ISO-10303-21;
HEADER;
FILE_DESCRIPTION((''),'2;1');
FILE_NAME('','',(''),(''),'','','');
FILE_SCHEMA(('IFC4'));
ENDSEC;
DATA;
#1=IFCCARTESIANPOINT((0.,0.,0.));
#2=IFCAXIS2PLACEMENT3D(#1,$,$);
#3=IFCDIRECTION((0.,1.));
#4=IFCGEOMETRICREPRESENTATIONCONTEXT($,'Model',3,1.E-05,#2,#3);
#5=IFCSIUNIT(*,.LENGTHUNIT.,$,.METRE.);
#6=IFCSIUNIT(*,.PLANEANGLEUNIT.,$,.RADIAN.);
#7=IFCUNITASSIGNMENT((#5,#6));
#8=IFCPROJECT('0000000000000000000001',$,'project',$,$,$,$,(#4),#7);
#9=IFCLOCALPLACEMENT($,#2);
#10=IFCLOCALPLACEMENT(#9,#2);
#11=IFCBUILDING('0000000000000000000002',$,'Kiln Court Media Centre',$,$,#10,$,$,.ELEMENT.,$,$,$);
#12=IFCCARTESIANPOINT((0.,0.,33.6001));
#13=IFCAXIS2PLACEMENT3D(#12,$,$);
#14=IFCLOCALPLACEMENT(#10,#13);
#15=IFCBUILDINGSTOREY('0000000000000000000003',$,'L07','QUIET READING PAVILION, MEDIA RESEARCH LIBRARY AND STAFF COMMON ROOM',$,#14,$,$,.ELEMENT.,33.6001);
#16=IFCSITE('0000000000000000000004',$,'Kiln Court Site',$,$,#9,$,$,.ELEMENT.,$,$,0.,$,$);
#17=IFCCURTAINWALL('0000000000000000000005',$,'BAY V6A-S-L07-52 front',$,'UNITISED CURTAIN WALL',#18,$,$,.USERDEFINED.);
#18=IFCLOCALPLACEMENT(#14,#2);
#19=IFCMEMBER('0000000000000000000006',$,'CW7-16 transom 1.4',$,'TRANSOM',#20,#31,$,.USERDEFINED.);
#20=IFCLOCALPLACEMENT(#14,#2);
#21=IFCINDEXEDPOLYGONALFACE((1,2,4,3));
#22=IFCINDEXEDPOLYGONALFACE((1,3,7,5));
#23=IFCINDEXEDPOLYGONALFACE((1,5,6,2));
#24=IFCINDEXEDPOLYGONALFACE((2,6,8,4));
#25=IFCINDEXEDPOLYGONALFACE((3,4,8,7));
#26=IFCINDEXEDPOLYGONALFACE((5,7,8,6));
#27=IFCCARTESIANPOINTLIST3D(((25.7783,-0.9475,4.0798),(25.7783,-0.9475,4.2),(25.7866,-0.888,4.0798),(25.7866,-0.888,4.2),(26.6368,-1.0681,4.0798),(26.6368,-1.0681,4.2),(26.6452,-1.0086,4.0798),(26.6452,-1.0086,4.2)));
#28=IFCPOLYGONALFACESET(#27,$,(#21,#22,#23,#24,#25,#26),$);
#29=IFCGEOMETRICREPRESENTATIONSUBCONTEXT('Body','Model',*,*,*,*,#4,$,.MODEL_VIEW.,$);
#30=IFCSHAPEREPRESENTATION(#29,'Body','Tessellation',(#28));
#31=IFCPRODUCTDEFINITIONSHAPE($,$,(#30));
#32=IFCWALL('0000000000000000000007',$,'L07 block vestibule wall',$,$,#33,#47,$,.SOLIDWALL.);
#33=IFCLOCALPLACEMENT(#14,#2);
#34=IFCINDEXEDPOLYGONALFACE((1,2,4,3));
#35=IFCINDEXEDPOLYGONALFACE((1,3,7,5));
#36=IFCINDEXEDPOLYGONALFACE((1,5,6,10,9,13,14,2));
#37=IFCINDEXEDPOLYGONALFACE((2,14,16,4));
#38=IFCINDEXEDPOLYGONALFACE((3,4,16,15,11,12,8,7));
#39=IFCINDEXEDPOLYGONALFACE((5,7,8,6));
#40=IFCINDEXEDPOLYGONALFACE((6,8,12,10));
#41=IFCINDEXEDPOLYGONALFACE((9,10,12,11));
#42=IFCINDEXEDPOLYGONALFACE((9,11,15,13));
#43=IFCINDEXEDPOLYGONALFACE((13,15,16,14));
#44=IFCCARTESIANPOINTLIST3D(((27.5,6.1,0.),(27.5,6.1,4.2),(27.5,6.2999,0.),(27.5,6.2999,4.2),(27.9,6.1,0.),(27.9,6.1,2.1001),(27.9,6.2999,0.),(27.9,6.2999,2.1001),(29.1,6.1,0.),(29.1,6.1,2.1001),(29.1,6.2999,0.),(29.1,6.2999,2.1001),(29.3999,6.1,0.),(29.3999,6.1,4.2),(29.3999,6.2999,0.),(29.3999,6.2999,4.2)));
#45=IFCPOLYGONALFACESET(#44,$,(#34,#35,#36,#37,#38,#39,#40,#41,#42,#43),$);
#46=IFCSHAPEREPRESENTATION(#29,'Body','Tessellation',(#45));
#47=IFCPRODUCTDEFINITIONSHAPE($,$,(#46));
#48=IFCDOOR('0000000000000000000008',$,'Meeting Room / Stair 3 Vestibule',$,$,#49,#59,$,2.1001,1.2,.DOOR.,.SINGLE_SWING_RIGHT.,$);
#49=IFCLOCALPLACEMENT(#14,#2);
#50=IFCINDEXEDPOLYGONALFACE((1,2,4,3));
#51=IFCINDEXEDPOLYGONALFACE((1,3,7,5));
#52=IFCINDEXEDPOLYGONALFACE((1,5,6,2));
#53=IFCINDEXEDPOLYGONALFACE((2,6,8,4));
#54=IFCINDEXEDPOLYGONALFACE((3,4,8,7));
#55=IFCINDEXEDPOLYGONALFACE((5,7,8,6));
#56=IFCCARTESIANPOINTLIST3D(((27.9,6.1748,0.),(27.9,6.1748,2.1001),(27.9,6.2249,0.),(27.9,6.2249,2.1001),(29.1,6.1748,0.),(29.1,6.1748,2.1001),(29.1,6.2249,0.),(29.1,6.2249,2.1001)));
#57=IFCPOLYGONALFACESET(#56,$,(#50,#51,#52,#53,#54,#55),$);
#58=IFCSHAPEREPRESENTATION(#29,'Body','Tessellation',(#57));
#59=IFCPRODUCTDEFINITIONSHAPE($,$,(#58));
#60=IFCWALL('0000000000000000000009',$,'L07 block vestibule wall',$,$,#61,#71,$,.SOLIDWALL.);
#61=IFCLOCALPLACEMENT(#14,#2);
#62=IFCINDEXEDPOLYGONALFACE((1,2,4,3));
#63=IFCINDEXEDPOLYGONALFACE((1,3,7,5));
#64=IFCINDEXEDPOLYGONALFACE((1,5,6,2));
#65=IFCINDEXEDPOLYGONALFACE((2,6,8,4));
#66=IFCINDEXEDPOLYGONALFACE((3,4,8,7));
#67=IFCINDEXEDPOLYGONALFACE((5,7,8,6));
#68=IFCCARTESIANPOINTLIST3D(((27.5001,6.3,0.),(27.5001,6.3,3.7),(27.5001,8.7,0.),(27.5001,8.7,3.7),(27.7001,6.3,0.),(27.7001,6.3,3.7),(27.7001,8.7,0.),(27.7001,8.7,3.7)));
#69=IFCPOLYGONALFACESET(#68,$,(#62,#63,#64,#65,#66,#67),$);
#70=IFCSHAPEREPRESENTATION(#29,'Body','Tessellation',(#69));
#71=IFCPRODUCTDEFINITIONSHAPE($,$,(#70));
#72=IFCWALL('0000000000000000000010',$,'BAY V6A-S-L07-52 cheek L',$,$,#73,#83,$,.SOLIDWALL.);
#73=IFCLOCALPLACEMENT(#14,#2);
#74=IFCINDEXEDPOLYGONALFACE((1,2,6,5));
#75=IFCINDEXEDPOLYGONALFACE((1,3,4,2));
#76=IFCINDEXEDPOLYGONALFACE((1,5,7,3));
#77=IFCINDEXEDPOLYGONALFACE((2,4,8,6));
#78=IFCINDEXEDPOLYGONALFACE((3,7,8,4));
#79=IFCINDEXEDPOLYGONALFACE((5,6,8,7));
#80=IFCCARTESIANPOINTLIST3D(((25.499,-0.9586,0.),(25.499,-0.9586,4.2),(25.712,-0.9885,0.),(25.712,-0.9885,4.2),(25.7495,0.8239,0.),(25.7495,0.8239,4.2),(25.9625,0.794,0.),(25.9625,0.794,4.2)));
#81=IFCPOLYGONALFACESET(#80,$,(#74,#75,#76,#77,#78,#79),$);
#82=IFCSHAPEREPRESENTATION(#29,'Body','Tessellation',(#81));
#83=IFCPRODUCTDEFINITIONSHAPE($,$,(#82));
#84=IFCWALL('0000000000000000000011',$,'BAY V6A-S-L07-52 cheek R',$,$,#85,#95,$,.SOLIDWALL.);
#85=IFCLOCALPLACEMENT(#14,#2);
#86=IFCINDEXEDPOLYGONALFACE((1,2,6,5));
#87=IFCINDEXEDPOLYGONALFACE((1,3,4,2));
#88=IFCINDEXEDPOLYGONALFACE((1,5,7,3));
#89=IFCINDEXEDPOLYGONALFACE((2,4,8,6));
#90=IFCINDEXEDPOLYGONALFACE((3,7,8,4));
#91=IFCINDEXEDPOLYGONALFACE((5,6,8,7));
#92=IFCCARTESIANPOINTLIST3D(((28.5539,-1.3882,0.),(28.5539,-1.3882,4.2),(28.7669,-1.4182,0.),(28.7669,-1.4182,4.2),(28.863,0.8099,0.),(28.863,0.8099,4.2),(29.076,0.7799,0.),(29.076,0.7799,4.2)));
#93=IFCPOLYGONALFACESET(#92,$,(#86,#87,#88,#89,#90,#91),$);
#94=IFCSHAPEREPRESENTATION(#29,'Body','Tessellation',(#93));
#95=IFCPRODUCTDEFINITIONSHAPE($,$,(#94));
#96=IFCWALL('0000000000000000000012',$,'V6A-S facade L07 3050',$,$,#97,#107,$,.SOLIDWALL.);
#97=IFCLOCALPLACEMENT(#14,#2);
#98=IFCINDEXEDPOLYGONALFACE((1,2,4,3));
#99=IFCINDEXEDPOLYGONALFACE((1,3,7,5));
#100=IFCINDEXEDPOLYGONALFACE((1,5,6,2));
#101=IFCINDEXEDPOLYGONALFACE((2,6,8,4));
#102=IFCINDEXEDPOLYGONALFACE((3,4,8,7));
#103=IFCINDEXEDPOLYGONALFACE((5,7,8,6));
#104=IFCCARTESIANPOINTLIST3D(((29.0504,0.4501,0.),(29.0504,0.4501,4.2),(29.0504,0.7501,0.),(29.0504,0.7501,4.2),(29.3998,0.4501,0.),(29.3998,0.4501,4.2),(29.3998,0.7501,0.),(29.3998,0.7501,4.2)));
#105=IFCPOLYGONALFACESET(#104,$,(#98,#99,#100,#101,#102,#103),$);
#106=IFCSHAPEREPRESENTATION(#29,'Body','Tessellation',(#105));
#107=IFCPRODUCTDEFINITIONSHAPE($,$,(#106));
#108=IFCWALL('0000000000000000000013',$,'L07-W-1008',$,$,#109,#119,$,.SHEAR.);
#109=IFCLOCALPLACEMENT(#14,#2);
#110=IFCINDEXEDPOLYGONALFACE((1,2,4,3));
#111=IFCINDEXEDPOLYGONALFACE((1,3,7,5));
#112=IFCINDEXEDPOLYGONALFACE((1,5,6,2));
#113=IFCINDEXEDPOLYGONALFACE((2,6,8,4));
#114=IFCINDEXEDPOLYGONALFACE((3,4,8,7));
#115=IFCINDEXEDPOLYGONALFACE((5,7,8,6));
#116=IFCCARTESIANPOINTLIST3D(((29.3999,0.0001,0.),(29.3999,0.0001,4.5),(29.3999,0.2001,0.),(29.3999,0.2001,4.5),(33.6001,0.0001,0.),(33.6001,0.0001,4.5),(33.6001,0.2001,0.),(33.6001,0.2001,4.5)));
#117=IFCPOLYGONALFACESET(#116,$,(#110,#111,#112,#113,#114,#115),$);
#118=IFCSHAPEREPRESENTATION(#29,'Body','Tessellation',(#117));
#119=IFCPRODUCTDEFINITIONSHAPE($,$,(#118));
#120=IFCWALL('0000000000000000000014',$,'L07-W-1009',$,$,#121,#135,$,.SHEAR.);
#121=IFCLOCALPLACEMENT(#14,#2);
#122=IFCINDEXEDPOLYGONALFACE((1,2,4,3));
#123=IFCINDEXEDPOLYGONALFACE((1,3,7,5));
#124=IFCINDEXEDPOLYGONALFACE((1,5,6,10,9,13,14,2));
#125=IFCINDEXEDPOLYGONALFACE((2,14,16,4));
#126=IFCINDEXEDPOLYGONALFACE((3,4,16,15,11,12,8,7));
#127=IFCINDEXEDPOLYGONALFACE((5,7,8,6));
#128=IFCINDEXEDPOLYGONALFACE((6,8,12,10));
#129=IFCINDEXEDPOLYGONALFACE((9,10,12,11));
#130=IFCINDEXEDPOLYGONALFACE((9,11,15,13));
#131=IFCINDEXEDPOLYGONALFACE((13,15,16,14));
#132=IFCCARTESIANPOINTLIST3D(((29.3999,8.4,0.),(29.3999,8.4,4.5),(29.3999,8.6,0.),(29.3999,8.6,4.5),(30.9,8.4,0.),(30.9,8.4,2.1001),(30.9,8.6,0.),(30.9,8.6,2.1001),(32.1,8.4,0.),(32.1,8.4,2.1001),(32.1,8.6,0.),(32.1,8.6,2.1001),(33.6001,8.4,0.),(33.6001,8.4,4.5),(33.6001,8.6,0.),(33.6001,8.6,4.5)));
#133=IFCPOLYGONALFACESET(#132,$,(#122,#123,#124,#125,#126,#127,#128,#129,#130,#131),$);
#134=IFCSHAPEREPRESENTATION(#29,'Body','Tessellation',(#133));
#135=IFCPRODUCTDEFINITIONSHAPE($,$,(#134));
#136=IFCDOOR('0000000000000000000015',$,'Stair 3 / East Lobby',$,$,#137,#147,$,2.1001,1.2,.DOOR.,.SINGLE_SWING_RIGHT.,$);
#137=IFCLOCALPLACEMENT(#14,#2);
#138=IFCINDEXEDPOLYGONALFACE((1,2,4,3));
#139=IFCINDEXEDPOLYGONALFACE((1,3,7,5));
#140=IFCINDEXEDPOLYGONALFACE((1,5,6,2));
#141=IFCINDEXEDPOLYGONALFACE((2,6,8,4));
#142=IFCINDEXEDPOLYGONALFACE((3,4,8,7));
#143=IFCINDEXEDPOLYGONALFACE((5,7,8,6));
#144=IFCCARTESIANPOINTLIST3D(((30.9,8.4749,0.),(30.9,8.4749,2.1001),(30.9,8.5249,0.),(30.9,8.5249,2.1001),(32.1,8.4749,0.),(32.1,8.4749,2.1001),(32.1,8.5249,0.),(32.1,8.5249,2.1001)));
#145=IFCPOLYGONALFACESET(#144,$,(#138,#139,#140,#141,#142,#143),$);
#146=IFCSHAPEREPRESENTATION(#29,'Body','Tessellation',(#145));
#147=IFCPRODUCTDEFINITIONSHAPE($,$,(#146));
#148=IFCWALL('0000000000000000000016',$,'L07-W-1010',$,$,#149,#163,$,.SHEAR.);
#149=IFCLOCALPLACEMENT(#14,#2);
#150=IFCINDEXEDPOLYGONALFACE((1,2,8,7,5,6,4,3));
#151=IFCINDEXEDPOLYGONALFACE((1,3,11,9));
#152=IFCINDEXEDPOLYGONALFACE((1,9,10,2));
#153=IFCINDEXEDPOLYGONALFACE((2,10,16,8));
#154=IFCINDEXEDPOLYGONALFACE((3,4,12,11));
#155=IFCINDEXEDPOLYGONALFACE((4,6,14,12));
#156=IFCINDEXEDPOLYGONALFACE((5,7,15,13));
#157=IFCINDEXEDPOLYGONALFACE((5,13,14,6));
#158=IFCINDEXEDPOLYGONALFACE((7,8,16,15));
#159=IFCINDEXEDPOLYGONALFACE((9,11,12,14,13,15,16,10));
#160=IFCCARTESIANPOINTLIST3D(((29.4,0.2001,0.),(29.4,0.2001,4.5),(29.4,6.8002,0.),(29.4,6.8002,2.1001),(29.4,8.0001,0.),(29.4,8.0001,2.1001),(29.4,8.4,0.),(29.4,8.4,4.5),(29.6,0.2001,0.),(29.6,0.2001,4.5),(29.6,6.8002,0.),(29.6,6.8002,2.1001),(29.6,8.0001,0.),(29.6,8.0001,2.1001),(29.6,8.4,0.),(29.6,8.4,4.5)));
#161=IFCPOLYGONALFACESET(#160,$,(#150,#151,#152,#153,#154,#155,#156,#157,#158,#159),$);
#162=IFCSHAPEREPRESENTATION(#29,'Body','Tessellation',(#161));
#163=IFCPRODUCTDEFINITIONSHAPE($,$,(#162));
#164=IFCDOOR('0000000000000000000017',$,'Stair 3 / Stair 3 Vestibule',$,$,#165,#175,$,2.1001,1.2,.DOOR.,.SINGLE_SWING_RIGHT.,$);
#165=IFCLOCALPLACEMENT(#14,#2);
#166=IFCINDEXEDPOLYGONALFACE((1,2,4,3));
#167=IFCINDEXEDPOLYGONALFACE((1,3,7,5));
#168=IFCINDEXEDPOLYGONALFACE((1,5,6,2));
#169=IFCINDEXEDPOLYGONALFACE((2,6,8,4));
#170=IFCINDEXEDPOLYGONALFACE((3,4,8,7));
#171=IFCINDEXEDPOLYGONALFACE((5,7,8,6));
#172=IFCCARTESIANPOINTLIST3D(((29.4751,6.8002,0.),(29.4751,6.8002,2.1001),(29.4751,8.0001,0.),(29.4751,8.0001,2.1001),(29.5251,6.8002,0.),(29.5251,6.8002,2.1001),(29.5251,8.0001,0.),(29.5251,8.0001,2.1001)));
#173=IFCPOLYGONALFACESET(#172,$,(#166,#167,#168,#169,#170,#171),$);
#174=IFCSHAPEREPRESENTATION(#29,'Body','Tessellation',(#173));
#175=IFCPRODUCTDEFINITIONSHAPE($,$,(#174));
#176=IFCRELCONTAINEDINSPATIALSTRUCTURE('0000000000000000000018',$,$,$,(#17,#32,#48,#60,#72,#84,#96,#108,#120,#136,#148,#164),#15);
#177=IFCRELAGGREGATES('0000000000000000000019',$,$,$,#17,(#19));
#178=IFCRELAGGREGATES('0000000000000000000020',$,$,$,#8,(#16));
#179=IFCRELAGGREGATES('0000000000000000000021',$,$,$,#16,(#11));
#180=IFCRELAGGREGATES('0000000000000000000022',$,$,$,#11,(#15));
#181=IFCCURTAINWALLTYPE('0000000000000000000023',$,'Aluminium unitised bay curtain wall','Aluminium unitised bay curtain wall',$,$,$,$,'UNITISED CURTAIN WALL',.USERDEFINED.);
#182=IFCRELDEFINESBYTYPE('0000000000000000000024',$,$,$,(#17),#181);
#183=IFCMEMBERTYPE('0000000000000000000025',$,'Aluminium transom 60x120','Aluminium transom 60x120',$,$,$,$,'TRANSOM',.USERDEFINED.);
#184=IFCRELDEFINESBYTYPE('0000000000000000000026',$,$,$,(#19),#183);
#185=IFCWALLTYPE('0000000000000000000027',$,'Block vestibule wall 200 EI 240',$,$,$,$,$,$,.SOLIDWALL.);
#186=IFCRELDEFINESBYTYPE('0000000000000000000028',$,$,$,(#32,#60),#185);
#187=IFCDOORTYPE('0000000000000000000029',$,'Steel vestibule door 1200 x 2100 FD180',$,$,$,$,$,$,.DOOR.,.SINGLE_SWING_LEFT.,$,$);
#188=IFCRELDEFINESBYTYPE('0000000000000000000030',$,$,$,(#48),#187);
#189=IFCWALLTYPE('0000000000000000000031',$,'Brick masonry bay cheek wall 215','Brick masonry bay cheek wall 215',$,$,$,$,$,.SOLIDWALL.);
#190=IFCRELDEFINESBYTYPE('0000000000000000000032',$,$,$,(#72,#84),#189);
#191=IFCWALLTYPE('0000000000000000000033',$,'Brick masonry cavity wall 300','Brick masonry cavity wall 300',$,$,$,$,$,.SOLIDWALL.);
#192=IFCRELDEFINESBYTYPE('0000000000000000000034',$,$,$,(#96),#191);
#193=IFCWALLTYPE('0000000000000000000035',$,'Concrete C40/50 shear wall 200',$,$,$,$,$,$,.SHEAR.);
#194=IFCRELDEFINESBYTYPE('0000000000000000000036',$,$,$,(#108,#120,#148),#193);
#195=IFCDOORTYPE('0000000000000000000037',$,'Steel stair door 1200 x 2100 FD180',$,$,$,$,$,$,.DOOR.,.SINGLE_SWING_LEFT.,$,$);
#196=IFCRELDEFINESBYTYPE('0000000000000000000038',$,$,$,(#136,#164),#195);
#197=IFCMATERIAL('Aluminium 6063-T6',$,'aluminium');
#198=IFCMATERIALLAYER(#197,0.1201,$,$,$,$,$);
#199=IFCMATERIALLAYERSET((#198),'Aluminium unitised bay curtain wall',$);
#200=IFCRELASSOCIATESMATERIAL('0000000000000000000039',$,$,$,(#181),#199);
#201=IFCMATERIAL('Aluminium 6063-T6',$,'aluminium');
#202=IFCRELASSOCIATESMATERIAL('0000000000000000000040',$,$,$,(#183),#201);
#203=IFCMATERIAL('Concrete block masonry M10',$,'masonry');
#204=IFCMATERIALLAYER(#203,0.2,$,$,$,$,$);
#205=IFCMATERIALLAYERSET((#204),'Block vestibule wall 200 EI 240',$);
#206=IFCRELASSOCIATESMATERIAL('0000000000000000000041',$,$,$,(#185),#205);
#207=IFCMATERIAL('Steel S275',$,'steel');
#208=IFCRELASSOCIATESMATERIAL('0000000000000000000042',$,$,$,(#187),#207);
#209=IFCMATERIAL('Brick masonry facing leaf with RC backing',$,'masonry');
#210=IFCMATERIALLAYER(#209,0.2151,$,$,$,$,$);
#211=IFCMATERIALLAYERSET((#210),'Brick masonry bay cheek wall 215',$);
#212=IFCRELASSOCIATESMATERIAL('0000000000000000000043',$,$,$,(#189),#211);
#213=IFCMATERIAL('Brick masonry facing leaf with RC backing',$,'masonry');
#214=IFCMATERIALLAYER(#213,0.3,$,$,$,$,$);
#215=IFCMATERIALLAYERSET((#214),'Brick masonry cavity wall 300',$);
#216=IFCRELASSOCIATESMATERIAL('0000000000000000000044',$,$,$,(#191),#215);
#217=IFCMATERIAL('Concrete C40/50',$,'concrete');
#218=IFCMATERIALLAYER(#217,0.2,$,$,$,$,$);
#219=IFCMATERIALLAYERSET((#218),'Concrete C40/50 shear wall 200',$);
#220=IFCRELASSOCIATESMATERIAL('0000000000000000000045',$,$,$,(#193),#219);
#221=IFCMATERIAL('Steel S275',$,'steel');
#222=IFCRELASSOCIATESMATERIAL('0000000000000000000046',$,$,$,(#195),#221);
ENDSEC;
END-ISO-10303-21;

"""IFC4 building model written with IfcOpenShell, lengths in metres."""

from ifc_helpers import new_model, si_unit, direction, frame, frame_2d, origin, origin_2d, place, context, subcontext, project, spatial, rectangle, extrude, material, layer, layer_set, material_profile, profile_set, type_object, element, fill, aggregate, save


model = new_model("IFC4")

# Units and contexts
model_context = context("Model", 3, precision=1e-05, world=origin(), true_north=direction((0.0, 1.0)))
body_context = subcontext(model_context, "Body", "Model", "MODEL_VIEW")
ifc_project = project(units=[si_unit("LENGTHUNIT", "METRE"), si_unit("PLANEANGLEUNIT", "RADIAN")], contexts=[model_context])

# Site, building, storey
site_placement = place(None, origin())
site = spatial("IfcSite", under=ifc_project, at=site_placement, Name="Kiln Court Site", CompositionType="ELEMENT", RefElevation=0.0)
building_placement = place(site_placement, origin())
building = spatial("IfcBuilding", under=site, at=building_placement, Name="Kiln Court Media Centre", CompositionType="ELEMENT")
storey_placement = place(building_placement, frame((0.0, 0.0, 33.6001)))
storey = spatial("IfcBuildingStorey", under=building, at=storey_placement, Name="L07", Description="QUIET READING PAVILION, MEDIA RESEARCH LIBRARY AND STAFF COMMON ROOM", CompositionType="ELEMENT", Elevation=33.6001)

# Curtain wall, member
ifc_material_1 = material(Name="Aluminium 6063-T6", Category="aluminium")
ifc_layer_1 = layer(ifc_material_1, 0.1201)
ifc_layer_set_1 = layer_set([ifc_layer_1], Name="Aluminium unitised bay curtain wall")
curtain_wall_type = type_object("IfcCurtainWallType", Name="Aluminium unitised bay curtain wall", Description="Aluminium unitised bay curtain wall", ElementType="UNITISED CURTAIN WALL", PredefinedType="USERDEFINED", material=ifc_layer_set_1)
curtain_wall_placement = place(storey_placement, origin())
curtain_wall = element("IfcCurtainWall", 1, at=curtain_wall_placement, inside=storey, type_object=curtain_wall_type, Name="BAY V6A-S-L07-52 front", ObjectType="UNITISED CURTAIN WALL", PredefinedType="USERDEFINED")
ifc_material_2 = material(Name="Aluminium 6063-T6", Category="aluminium")
ifc_material_profile = material_profile(ifc_material_2, rectangle(XDim=0.0601, YDim=0.1201, at=origin_2d()), Name="Aluminium transom 60x120")
ifc_profile_set = profile_set([ifc_material_profile], Name="Aluminium 6063-T6")
member_type = type_object("IfcMemberType", Name="Aluminium transom 60x120", Description="Aluminium transom 60x120", ElementType="TRANSOM", PredefinedType="USERDEFINED", material=ifc_profile_set)
member_placement = place(storey_placement, frame((25.7825, -0.9177, 4.1399), z_axis=(0.990274, -0.139134, 0.0), x_axis=(0.139134, 0.990274, 0.0)))
member = element("IfcMember", 2, at=member_placement, type_object=member_type, Name="CW7-16 transom 1.4", ObjectType="TRANSOM", PredefinedType="USERDEFINED", context=body_context, shape_type="SweptSolid", body=[
    extrude(rectangle(XDim=0.0601, YDim=0.1201, at=origin_2d()), origin(), (0.0, 0.0, 1.0), 0.8669),
])
aggregate(curtain_wall, [member])

# Wall, opening, door
ifc_material_3 = material(Name="Concrete block masonry M10", Category="masonry")
ifc_layer_2 = layer(ifc_material_3, 0.2)
ifc_layer_set_2 = layer_set([ifc_layer_2], Name="Block vestibule wall 200 EI 240")
wall_type_1 = type_object("IfcWallType", Name="Block vestibule wall 200 EI 240", PredefinedType="SOLIDWALL", material=ifc_layer_set_2)
wall_1_placement = place(storey_placement, frame((27.5, 6.2, 0.0), z_axis=(0.0, 0.0, 1.0), x_axis=(1.0, 0.0, 0.0)))
wall_1 = element("IfcWall", 3, at=wall_1_placement, inside=storey, type_object=wall_type_1, Name="L07 block vestibule wall", PredefinedType="SOLIDWALL", context=body_context, shape_type="SweptSolid", body=[
    extrude(rectangle(XDim=1.8999, YDim=0.2, at=frame_2d((0.95, 0.0))), origin(), (0.0, 0.0, 1.0), 4.2),
])
opening_1_placement = place(wall_1_placement, frame((0.3999, 0.0, 0.0)))
opening_1 = element("IfcOpeningElement", 4, at=opening_1_placement, cuts=wall_1, PredefinedType="OPENING", context=body_context, shape_type="SweptSolid", body=[
    extrude(rectangle(XDim=1.2, YDim=2.1001, at=frame_2d((0.6001, 1.05))), frame((0.0, 0.1099, 0.0), z_axis=(0.0, -1.0, 0.0), x_axis=(1.0, 0.0, 0.0)), (0.0, 0.0, 1.0), 0.22),
])
ifc_material_4 = material(Name="Steel S275", Category="steel")
door_type_1 = type_object("IfcDoorType", Name="Steel vestibule door 1200 x 2100 FD180", OperationType="SINGLE_SWING_LEFT", PredefinedType="DOOR", material=ifc_material_4)
door_1_placement = place(opening_1_placement, origin())
door_1 = element("IfcDoor", 5, at=door_1_placement, inside=storey, type_object=door_type_1, Name="Meeting Room / Stair 3 Vestibule", OperationType="SINGLE_SWING_RIGHT", OverallHeight=2.1001, OverallWidth=1.2, PredefinedType="DOOR", context=body_context, shape_type="SweptSolid", body=[
    extrude(rectangle(XDim=1.2, YDim=2.1001, at=frame_2d((0.6001, 1.05))), frame((0.0, 0.0249, 0.0), z_axis=(0.0, -1.0, 0.0), x_axis=(1.0, 0.0, 0.0)), (0.0, 0.0, 1.0), 0.05),
])
fill(opening_1, door_1)

# Walls
wall_2_placement = place(storey_placement, frame((27.6001, 6.3, 0.0), z_axis=(0.0, 0.0, 1.0), x_axis=(0.0, 1.0, 0.0)))
element("IfcWall", 6, at=wall_2_placement, inside=storey, type_object=wall_type_1, Name="L07 block vestibule wall", PredefinedType="SOLIDWALL", context=body_context, shape_type="SweptSolid", body=[
    extrude(rectangle(XDim=2.3999, YDim=0.2, at=frame_2d((1.2, 0.0))), origin(), (0.0, 0.0, 1.0), 3.7),
])
ifc_material_5 = material(Name="Brick masonry facing leaf with RC backing", Category="masonry")
ifc_layer_3 = layer(ifc_material_5, 0.2151)
ifc_layer_set_3 = layer_set([ifc_layer_3], Name="Brick masonry bay cheek wall 215")
wall_type_2 = type_object("IfcWallType", Name="Brick masonry bay cheek wall 215", Description="Brick masonry bay cheek wall 215", PredefinedType="SOLIDWALL", material=ifc_layer_set_3)
wall_3_placement = place(storey_placement, frame((25.856, 0.8088, 0.0), z_axis=(0.0, 0.0, 1.0), x_axis=(-0.139161, -0.99027, 0.0)))
element("IfcWall", 7, at=wall_3_placement, inside=storey, type_object=wall_type_2, Name="BAY V6A-S-L07-52 cheek L", PredefinedType="SOLIDWALL", context=body_context, shape_type="SweptSolid", body=[
    extrude(rectangle(XDim=1.8, YDim=0.2151, at=frame_2d((0.8999, 0.0))), origin(), (0.0, 0.0, 1.0), 4.2),
])
wall_4_placement = place(storey_placement, frame((28.9695, 0.7949, 0.0), z_axis=(0.0, 0.0, 1.0), x_axis=(-0.13925, -0.990257, 0.0)))
element("IfcWall", 8, at=wall_4_placement, inside=storey, type_object=wall_type_2, Name="BAY V6A-S-L07-52 cheek R", PredefinedType="SOLIDWALL", context=body_context, shape_type="SweptSolid", body=[
    extrude(rectangle(XDim=2.2197, YDim=0.2151, at=frame_2d((1.1099, 0.0))), origin(), (0.0, 0.0, 1.0), 4.2),
])
ifc_material_6 = material(Name="Brick masonry facing leaf with RC backing", Category="masonry")
ifc_layer_4 = layer(ifc_material_6, 0.3)
ifc_layer_set_4 = layer_set([ifc_layer_4], Name="Brick masonry cavity wall 300")
wall_type_3 = type_object("IfcWallType", Name="Brick masonry cavity wall 300", Description="Brick masonry cavity wall 300", PredefinedType="SOLIDWALL", material=ifc_layer_set_4)
wall_5_placement = place(storey_placement, frame((29.3999, 0.6001, 0.0), z_axis=(0.0, 0.0, 1.0), x_axis=(-1.0, 0.0, 0.0)))
element("IfcWall", 9, at=wall_5_placement, inside=storey, type_object=wall_type_3, Name="V6A-S facade L07 3050", PredefinedType="SOLIDWALL", context=body_context, shape_type="SweptSolid", body=[
    extrude(rectangle(XDim=0.3494, YDim=0.3, at=frame_2d((0.1748, 0.0))), origin(), (0.0, 0.0, 1.0), 4.2),
])
ifc_material_7 = material(Name="Concrete C40/50", Category="concrete")
ifc_layer_5 = layer(ifc_material_7, 0.2)
ifc_layer_set_5 = layer_set([ifc_layer_5], Name="Concrete C40/50 shear wall 200")
wall_type_4 = type_object("IfcWallType", Name="Concrete C40/50 shear wall 200", PredefinedType="SHEAR", material=ifc_layer_set_5)
wall_6_placement = place(storey_placement, frame((33.6001, 0.1001, 0.0), z_axis=(0.0, 0.0, 1.0), x_axis=(-1.0, 0.0, 0.0)))
element("IfcWall", 10, at=wall_6_placement, inside=storey, type_object=wall_type_4, Name="L07-W-1008", PredefinedType="SHEAR", context=body_context, shape_type="SweptSolid", body=[
    extrude(rectangle(XDim=4.2002, YDim=0.2, at=frame_2d((2.1001, 0.0))), origin(), (0.0, 0.0, 1.0), 4.5),
])

# Walls, openings, doors
wall_7_placement = place(storey_placement, frame((29.3999, 8.5, 0.0), z_axis=(0.0, 0.0, 1.0), x_axis=(1.0, 0.0, 0.0)))
wall_7 = element("IfcWall", 11, at=wall_7_placement, inside=storey, type_object=wall_type_4, Name="L07-W-1009", PredefinedType="SHEAR", context=body_context, shape_type="SweptSolid", body=[
    extrude(rectangle(XDim=4.2002, YDim=0.2, at=frame_2d((2.1001, 0.0))), origin(), (0.0, 0.0, 1.0), 4.5),
])
opening_2_placement = place(wall_7_placement, frame((1.5, 0.0, 0.0)))
opening_2 = element("IfcOpeningElement", 12, at=opening_2_placement, cuts=wall_7, PredefinedType="OPENING", context=body_context, shape_type="SweptSolid", body=[
    extrude(rectangle(XDim=1.2, YDim=2.1001, at=frame_2d((0.6001, 1.05))), frame((0.0, 0.1099, 0.0), z_axis=(0.0, -1.0, 0.0), x_axis=(1.0, 0.0, 0.0)), (0.0, 0.0, 1.0), 0.22),
])
ifc_material_8 = material(Name="Steel S275", Category="steel")
door_type_2 = type_object("IfcDoorType", Name="Steel stair door 1200 x 2100 FD180", OperationType="SINGLE_SWING_LEFT", PredefinedType="DOOR", material=ifc_material_8)
door_2_placement = place(opening_2_placement, origin())
door_2 = element("IfcDoor", 13, at=door_2_placement, inside=storey, type_object=door_type_2, Name="Stair 3 / East Lobby", OperationType="SINGLE_SWING_RIGHT", OverallHeight=2.1001, OverallWidth=1.2, PredefinedType="DOOR", context=body_context, shape_type="SweptSolid", body=[
    extrude(rectangle(XDim=1.2, YDim=2.1001, at=frame_2d((0.6001, 1.05))), frame((0.0, 0.0249, 0.0), z_axis=(0.0, -1.0, 0.0), x_axis=(1.0, 0.0, 0.0)), (0.0, 0.0, 1.0), 0.05),
])
fill(opening_2, door_2)
wall_8_placement = place(storey_placement, frame((29.5, 0.2, 0.0), z_axis=(0.0, 0.0, 1.0), x_axis=(0.0, 1.0, 0.0)))
wall_8 = element("IfcWall", 14, at=wall_8_placement, inside=storey, type_object=wall_type_4, Name="L07-W-1010", PredefinedType="SHEAR", context=body_context, shape_type="SweptSolid", body=[
    extrude(rectangle(XDim=8.2, YDim=0.2, at=frame_2d((4.1001, 0.0))), origin(), (0.0, 0.0, 1.0), 4.5),
])
opening_3_placement = place(wall_8_placement, frame((6.6001, 0.0, 0.0)))
opening_3 = element("IfcOpeningElement", 15, at=opening_3_placement, cuts=wall_8, PredefinedType="OPENING", context=body_context, shape_type="SweptSolid", body=[
    extrude(rectangle(XDim=1.2, YDim=2.1001, at=frame_2d((0.6001, 1.05))), frame((0.0, 0.1099, 0.0), z_axis=(0.0, -1.0, 0.0), x_axis=(1.0, 0.0, 0.0)), (0.0, 0.0, 1.0), 0.22),
])
door_3_placement = place(opening_3_placement, origin())
door_3 = element("IfcDoor", 16, at=door_3_placement, inside=storey, type_object=door_type_2, Name="Stair 3 / Stair 3 Vestibule", OperationType="SINGLE_SWING_RIGHT", OverallHeight=2.1001, OverallWidth=1.2, PredefinedType="DOOR", context=body_context, shape_type="SweptSolid", body=[
    extrude(rectangle(XDim=1.2, YDim=2.1001, at=frame_2d((0.6001, 1.05))), frame((0.0, 0.0249, 0.0), z_axis=(0.0, -1.0, 0.0), x_axis=(1.0, 0.0, 0.0)), (0.0, 0.0, 1.0), 0.05),
])
fill(opening_3, door_3)

save(model, "model.ifc")
